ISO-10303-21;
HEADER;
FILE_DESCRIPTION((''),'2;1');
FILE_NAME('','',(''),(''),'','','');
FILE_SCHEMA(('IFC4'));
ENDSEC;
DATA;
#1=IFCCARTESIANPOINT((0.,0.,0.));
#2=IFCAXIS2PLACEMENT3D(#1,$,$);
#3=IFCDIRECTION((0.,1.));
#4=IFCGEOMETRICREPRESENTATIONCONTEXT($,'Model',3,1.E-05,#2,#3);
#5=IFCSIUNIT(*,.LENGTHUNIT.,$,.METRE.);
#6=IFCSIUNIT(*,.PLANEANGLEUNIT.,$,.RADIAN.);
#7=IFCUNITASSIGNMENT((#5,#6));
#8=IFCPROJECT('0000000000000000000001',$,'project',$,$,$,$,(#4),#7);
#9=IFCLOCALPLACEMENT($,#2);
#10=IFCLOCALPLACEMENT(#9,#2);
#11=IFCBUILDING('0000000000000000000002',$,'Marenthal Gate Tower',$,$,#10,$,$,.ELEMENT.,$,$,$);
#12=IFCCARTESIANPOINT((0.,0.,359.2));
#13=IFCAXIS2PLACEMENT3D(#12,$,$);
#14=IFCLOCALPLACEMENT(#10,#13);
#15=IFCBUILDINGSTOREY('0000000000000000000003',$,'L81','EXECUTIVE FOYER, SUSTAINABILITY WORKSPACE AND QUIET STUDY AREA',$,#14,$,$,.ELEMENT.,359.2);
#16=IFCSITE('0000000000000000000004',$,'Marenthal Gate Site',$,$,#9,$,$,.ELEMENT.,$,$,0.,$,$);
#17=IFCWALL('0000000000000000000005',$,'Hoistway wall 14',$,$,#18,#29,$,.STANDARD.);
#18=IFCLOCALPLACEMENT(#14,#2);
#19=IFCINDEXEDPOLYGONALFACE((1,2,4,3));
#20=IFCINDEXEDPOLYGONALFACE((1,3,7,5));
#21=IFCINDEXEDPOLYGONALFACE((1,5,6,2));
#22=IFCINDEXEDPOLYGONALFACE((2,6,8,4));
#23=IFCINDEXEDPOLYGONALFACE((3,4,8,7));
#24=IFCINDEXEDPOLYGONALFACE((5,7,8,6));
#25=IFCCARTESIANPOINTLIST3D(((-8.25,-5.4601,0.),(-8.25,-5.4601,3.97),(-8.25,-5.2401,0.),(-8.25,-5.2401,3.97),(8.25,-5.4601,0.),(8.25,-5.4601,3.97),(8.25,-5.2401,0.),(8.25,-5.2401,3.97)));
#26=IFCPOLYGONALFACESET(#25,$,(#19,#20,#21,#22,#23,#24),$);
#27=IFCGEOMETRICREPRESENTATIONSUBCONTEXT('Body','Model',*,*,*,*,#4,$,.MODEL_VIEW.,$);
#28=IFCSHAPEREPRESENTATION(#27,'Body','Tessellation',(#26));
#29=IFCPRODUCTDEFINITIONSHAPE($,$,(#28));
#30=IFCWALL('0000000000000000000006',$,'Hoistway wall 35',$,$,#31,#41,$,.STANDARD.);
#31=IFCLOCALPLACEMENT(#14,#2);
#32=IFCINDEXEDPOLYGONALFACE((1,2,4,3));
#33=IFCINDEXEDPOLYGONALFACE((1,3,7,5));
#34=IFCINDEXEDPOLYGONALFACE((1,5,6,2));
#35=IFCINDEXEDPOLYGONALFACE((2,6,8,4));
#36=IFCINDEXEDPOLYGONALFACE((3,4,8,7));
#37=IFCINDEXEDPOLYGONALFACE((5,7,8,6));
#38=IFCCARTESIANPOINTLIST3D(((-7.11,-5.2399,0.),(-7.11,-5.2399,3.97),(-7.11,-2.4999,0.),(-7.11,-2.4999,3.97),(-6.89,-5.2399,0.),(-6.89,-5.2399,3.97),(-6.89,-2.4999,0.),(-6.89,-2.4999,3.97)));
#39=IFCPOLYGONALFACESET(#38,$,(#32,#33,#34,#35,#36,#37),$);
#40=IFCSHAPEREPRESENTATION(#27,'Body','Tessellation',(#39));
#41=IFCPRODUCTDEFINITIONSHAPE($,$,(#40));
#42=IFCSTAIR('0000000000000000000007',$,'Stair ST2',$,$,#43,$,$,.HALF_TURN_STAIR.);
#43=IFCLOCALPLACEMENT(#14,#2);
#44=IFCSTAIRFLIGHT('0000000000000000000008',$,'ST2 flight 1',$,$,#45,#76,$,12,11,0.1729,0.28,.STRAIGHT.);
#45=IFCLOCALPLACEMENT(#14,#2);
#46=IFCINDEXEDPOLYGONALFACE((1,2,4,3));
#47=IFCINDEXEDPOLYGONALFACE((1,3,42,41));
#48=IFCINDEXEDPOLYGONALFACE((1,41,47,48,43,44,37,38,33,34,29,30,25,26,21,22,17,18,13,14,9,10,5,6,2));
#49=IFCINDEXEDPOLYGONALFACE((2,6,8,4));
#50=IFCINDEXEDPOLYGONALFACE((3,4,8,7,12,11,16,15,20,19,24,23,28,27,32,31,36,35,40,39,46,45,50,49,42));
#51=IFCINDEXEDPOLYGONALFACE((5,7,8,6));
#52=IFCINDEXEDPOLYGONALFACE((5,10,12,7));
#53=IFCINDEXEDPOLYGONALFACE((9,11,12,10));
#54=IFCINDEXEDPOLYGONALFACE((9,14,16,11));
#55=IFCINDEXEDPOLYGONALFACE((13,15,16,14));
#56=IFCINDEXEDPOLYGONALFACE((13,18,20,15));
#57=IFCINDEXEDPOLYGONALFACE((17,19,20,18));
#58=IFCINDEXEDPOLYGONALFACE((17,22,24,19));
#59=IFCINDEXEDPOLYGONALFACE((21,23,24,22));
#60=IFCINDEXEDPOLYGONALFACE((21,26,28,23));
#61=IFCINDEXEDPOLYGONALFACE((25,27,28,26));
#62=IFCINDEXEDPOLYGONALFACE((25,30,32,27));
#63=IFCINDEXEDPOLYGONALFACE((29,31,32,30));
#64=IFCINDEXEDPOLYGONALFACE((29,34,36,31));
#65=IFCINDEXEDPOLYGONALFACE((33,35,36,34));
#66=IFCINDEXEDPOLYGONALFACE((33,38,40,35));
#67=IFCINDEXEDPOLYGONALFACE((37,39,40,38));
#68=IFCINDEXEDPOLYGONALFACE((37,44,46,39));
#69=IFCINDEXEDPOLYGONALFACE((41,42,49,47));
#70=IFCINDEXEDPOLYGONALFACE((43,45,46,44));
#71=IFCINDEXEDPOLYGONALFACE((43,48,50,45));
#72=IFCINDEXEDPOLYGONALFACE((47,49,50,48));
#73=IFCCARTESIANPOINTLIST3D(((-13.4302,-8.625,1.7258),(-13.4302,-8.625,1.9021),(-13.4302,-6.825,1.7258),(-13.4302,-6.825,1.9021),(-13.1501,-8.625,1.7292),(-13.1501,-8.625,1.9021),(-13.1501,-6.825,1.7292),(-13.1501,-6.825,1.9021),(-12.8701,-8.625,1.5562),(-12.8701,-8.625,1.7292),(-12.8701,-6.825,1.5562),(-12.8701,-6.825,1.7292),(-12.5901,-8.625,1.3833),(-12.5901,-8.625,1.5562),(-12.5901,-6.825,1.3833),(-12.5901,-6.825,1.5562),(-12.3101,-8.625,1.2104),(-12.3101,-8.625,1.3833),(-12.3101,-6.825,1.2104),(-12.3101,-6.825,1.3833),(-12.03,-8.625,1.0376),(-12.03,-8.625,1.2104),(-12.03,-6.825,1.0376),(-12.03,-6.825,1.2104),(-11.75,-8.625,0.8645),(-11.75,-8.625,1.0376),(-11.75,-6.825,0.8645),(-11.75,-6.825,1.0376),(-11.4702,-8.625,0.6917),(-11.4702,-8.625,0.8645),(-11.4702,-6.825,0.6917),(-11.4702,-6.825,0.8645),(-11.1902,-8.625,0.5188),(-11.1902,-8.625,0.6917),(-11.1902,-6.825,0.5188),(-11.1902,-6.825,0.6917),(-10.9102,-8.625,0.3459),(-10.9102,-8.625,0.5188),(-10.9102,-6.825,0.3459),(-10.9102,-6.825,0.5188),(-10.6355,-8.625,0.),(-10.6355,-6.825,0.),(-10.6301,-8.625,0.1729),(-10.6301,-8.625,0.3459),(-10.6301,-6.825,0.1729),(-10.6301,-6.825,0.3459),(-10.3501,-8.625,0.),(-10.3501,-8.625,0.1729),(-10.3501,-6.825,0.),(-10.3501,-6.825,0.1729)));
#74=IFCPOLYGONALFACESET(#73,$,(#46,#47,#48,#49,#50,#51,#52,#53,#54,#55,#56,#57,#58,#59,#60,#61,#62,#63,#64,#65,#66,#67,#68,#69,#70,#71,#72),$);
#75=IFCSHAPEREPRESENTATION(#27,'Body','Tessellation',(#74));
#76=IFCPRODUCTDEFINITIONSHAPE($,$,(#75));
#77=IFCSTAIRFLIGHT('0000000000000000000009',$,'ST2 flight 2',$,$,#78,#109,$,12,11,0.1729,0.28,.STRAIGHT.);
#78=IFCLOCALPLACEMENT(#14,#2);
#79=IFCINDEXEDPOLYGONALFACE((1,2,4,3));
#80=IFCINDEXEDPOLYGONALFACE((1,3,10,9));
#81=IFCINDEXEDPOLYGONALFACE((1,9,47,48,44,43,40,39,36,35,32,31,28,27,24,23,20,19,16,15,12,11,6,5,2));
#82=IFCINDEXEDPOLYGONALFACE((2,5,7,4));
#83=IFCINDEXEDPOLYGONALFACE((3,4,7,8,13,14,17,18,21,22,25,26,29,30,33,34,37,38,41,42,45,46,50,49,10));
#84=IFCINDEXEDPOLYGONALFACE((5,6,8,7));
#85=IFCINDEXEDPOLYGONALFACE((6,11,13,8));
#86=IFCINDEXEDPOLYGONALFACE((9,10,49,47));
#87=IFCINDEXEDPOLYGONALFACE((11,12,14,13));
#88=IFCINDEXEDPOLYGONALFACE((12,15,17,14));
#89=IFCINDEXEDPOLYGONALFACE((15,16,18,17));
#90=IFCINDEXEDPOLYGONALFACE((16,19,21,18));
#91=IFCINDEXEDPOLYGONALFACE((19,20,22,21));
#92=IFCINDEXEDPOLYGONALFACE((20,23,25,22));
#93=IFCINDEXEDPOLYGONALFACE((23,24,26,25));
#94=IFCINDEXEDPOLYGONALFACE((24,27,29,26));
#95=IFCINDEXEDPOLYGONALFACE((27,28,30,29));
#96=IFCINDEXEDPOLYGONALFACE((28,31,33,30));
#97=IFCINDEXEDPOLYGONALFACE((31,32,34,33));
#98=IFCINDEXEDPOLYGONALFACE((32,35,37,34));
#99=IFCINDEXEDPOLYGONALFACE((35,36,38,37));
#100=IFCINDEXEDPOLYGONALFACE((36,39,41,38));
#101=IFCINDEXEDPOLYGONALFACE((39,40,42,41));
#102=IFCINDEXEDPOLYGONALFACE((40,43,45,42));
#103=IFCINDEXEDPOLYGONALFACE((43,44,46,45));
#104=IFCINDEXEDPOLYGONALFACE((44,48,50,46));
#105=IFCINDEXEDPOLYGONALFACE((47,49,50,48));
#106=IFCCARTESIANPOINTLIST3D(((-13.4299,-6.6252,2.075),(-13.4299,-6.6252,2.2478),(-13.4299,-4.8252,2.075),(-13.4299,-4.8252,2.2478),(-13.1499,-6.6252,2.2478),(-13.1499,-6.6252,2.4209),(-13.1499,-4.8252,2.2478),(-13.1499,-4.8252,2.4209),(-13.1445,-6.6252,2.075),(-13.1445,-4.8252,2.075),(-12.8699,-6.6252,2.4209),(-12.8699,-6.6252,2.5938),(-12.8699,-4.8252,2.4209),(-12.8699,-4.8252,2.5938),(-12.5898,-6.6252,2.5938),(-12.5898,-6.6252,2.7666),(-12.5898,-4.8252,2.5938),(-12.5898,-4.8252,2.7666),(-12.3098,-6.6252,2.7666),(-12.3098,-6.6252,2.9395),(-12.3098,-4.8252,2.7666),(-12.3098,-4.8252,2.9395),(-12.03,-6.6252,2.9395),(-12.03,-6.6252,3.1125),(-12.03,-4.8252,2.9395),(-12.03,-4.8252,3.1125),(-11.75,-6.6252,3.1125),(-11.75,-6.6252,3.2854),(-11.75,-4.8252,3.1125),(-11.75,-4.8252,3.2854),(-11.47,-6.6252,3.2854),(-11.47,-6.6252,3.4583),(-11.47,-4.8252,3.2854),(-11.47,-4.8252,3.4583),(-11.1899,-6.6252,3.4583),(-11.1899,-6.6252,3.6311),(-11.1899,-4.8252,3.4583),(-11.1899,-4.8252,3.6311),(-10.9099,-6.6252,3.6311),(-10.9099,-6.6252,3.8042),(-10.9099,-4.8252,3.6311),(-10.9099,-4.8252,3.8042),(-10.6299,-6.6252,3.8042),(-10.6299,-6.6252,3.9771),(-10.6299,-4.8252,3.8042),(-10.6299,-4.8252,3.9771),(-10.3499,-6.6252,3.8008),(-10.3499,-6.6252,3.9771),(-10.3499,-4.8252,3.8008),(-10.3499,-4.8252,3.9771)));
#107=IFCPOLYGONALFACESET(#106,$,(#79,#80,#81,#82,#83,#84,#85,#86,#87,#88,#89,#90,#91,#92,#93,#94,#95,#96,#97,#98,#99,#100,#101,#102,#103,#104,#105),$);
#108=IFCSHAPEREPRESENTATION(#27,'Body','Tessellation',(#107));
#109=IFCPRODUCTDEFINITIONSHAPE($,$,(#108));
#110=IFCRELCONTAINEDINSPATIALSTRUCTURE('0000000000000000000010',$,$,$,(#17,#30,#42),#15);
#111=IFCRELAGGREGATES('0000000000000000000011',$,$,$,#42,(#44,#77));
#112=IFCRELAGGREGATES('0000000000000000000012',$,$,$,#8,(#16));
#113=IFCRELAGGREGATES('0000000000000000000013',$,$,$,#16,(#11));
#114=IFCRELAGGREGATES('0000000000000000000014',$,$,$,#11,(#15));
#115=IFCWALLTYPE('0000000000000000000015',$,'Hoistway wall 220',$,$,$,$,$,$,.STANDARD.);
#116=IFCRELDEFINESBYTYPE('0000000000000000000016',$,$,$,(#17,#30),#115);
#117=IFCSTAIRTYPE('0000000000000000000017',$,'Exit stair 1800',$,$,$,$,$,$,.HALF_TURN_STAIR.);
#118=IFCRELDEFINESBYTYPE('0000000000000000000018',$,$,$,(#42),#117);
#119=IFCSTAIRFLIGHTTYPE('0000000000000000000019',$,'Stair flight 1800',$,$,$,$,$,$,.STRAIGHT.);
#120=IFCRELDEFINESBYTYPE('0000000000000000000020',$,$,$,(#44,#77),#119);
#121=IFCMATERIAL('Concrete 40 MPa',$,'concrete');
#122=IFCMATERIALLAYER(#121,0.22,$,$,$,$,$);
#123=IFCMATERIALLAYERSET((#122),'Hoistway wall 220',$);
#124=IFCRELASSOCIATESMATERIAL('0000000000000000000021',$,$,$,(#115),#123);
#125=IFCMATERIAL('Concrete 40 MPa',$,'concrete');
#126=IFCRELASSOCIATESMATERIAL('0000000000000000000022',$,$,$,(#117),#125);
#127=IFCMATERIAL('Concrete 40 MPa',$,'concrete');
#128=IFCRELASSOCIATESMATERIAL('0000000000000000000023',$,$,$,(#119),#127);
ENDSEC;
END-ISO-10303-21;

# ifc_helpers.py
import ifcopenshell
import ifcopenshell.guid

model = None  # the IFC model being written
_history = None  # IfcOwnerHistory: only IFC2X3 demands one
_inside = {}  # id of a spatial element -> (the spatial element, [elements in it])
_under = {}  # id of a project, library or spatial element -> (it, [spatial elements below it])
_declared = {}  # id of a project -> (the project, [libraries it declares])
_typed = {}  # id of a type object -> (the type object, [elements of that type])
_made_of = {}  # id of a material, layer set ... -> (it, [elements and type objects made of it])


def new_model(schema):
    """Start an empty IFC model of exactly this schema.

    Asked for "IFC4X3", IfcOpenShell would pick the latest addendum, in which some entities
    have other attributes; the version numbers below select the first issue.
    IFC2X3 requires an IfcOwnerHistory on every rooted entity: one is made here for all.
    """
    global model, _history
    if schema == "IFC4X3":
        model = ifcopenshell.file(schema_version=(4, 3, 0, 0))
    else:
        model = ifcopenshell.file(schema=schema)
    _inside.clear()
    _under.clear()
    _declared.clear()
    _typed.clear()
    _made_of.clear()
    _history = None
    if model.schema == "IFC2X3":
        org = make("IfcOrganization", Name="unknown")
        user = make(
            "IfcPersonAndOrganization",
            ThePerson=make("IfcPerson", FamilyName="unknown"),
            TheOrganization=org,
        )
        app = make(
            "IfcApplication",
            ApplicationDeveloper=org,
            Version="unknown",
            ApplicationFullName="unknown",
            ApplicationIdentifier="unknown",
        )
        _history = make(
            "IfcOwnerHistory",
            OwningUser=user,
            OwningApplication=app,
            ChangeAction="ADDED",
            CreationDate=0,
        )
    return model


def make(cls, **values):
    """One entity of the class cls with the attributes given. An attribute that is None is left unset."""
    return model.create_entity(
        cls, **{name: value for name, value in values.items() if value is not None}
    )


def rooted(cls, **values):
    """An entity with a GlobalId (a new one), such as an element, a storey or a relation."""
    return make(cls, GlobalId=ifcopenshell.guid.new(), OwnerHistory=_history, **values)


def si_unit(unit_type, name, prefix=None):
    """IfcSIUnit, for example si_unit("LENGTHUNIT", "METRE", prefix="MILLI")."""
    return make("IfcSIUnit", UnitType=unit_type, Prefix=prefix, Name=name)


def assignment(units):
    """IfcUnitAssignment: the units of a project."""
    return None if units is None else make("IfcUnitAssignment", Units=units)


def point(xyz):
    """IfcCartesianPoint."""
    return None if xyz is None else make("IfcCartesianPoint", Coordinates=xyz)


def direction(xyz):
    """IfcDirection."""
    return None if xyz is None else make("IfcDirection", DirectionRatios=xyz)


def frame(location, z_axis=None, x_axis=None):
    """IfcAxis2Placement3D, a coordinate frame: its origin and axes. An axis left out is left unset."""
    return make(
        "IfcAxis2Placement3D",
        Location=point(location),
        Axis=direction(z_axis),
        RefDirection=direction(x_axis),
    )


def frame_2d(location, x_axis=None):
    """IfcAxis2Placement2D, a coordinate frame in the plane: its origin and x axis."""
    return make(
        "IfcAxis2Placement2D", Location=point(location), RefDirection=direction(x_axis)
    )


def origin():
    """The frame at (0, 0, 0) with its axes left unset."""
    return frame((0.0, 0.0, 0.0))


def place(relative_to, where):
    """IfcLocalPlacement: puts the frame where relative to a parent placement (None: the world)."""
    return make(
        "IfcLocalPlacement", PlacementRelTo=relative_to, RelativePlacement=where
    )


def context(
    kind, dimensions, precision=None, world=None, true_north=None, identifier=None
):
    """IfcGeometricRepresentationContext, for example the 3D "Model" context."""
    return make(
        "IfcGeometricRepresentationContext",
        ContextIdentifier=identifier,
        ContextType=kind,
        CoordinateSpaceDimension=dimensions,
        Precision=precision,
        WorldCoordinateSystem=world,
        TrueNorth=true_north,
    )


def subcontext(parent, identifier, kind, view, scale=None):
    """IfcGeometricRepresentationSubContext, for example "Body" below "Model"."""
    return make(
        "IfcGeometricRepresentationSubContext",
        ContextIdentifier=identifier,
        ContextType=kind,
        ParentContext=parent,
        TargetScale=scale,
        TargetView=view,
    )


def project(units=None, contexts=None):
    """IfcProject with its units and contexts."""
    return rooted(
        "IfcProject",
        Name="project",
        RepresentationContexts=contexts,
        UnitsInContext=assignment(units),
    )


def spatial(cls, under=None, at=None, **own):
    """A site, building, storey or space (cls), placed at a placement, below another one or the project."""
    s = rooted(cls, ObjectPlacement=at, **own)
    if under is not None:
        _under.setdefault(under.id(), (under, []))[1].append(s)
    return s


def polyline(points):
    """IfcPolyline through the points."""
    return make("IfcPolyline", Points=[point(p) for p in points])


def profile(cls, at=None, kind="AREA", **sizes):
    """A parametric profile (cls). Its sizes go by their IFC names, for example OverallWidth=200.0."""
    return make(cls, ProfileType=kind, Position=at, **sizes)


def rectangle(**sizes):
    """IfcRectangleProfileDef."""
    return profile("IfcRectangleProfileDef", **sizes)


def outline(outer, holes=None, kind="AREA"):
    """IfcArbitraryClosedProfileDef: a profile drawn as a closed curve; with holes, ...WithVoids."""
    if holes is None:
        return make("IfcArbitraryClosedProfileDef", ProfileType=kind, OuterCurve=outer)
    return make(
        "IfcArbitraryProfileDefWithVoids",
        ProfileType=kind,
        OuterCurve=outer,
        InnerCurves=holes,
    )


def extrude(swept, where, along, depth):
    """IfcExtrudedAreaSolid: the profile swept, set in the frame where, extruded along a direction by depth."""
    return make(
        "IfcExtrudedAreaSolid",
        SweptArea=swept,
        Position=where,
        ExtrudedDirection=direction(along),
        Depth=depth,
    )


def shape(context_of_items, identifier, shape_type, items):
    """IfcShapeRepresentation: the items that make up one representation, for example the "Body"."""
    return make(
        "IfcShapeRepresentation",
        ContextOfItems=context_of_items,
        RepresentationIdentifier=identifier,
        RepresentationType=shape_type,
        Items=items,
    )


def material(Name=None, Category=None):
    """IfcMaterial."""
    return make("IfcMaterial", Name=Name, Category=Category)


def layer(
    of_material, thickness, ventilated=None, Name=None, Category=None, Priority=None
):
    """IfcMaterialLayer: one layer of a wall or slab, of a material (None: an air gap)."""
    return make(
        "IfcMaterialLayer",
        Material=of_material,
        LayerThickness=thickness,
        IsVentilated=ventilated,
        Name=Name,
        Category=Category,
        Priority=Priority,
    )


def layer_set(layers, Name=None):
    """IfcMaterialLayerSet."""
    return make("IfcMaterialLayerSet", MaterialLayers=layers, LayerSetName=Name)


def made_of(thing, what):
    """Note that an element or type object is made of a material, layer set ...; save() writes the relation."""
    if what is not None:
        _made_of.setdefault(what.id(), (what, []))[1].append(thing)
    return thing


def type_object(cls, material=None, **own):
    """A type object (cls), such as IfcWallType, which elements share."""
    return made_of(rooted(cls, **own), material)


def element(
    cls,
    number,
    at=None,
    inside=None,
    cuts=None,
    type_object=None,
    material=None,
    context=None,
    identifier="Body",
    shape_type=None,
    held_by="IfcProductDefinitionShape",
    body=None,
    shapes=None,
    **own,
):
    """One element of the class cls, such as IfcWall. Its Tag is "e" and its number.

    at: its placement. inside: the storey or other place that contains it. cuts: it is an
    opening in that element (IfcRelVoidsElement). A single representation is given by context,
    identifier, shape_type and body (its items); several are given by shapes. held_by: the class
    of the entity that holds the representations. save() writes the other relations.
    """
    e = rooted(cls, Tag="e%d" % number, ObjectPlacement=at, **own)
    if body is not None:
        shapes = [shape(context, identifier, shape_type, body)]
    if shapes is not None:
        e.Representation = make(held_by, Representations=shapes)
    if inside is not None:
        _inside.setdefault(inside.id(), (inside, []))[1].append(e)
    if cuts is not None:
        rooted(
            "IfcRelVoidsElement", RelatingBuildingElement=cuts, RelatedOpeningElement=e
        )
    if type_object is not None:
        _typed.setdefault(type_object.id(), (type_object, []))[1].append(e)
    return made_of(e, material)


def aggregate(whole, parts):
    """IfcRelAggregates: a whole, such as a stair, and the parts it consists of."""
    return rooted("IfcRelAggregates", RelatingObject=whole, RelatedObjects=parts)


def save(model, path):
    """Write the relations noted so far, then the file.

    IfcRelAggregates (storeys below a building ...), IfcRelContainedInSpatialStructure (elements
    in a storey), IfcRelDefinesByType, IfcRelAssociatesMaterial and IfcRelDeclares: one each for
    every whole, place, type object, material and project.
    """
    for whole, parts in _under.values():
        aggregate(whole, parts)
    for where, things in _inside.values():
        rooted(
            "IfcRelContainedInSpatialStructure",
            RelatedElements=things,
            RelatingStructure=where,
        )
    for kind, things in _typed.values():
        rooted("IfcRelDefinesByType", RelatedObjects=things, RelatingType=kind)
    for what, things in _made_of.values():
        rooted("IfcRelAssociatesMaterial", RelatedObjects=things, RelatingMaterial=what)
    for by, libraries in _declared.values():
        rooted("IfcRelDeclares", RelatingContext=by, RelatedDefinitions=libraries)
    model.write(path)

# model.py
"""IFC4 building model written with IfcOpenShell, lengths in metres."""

from ifc_helpers import new_model, si_unit, direction, frame, frame_2d, origin, place, context, subcontext, project, spatial, polyline, rectangle, outline, extrude, material, layer, layer_set, type_object, element, aggregate, save


model = new_model("IFC4")

# Units and contexts
model_context = context("Model", 3, precision=1e-05, world=origin(), true_north=direction((0.0, 1.0)))
body_context = subcontext(model_context, "Body", "Model", "MODEL_VIEW")
ifc_project = project(units=[si_unit("LENGTHUNIT", "METRE"), si_unit("PLANEANGLEUNIT", "RADIAN")], contexts=[model_context])

# Site, building, storey
site_placement = place(None, origin())
site = spatial("IfcSite", under=ifc_project, at=site_placement, Name="Marenthal Gate Site", CompositionType="ELEMENT", RefElevation=0.0)
building_placement = place(site_placement, origin())
building = spatial("IfcBuilding", under=site, at=building_placement, Name="Marenthal Gate Tower", CompositionType="ELEMENT")
storey_placement = place(building_placement, frame((0.0, 0.0, 359.2)))
storey = spatial("IfcBuildingStorey", under=building, at=storey_placement, Name="L81", Description="EXECUTIVE FOYER, SUSTAINABILITY WORKSPACE AND QUIET STUDY AREA", CompositionType="ELEMENT", Elevation=359.2)

# Shared definitions
ifc_material_1 = material(Name="Concrete 40 MPa", Category="concrete")
ifc_layer_1 = layer(ifc_material_1, 0.22)
ifc_layer_set_1 = layer_set([ifc_layer_1], Name="Hoistway wall 220")
wall_type_1 = type_object("IfcWallType", Name="Hoistway wall 220", PredefinedType="STANDARD", material=ifc_layer_set_1)

# Walls
wall_1_placement = place(storey_placement, frame((-8.25, -5.3501, 0.0), z_axis=(0.0, 0.0, 1.0), x_axis=(1.0, 0.0, 0.0)))
element("IfcWall", 1, at=wall_1_placement, inside=storey, type_object=wall_type_1, Name="Hoistway wall 14", PredefinedType="STANDARD", context=body_context, shape_type="SweptSolid", body=[
    extrude(rectangle(XDim=16.5, YDim=0.22, at=frame_2d((8.25, 0.0))), origin(), (0.0, 0.0, 1.0), 3.97),
])
wall_2_placement = place(storey_placement, frame((-7.0, -5.24, 0.0), z_axis=(0.0, 0.0, 1.0), x_axis=(0.0, 1.0, 0.0)))
element("IfcWall", 2, at=wall_2_placement, inside=storey, type_object=wall_type_1, Name="Hoistway wall 35", PredefinedType="STANDARD", context=body_context, shape_type="SweptSolid", body=[
    extrude(rectangle(XDim=2.74, YDim=0.22, at=frame_2d((1.3701, 0.0))), origin(), (0.0, 0.0, 1.0), 3.97),
])

# Stair, stair flights
ifc_material_2 = material(Name="Concrete 40 MPa", Category="concrete")
stair_type = type_object("IfcStairType", Name="Exit stair 1800", PredefinedType="HALF_TURN_STAIR", material=ifc_material_2)
stair_placement = place(storey_placement, origin())
stair = element("IfcStair", 3, at=stair_placement, inside=storey, type_object=stair_type, Name="Stair ST2", PredefinedType="HALF_TURN_STAIR")
ifc_material_3 = material(Name="Concrete 40 MPa", Category="concrete")
stair_flight_type = type_object("IfcStairFlightType", Name="Stair flight 1800", PredefinedType="STRAIGHT", material=ifc_material_3)
stair_flight_1_placement = place(storey_placement, frame((-10.3501, -7.7251, 0.0), z_axis=(0.0, 0.0, 1.0), x_axis=(-1.0, 0.0, 0.0)))
stair_flight_1 = element("IfcStairFlight", 4, at=stair_flight_1_placement, type_object=stair_flight_type, Name="ST2 flight 1", NumberOfRisers=12, NumberOfTreads=11, PredefinedType="STRAIGHT", RiserHeight=0.1729, TreadLength=0.28, context=body_context, shape_type="SweptSolid", body=[
    extrude(outline(polyline([(0.0, 0.0), (0.0, 0.1729), (0.28, 0.1729), (0.28, 0.3459), (0.5601, 0.3459), (0.5601, 0.5188), (0.8401, 0.5188), (0.8401, 0.6917), (1.1201, 0.6917), (1.1201, 0.8645), (1.3999, 0.8645), (1.3999, 1.0376), (1.6799, 1.0376), (1.6799, 1.2104), (1.96, 1.2104), (1.96, 1.3833), (2.24, 1.3833), (2.24, 1.5562), (2.52, 1.5562), (2.52, 1.7292), (2.8, 1.7292), (2.8, 1.9021), (3.0801, 1.9021), (3.0801, 2.075), (3.0801, 1.7258), (0.2854, 0.0), (0.0, 0.0)])), frame((0.0, 0.8999, 0.0), z_axis=(0.0, -1.0, 0.0), x_axis=(1.0, 0.0, 0.0)), (0.0, 0.0, 1.0), 1.8),
])
stair_flight_2_placement = place(storey_placement, frame((-13.4299, -5.7251, 2.075), z_axis=(0.0, 0.0, 1.0), x_axis=(1.0, 0.0, 0.0)))
stair_flight_2 = element("IfcStairFlight", 5, at=stair_flight_2_placement, type_object=stair_flight_type, Name="ST2 flight 2", NumberOfRisers=12, NumberOfTreads=11, PredefinedType="STRAIGHT", RiserHeight=0.1729, TreadLength=0.28, context=body_context, shape_type="SweptSolid", body=[
    extrude(outline(polyline([(0.0, 0.0), (0.0, 0.1729), (0.28, 0.1729), (0.28, 0.3459), (0.5601, 0.3459), (0.5601, 0.5188), (0.8401, 0.5188), (0.8401, 0.6917), (1.1201, 0.6917), (1.1201, 0.8645), (1.3999, 0.8645), (1.3999, 1.0376), (1.6799, 1.0376), (1.6799, 1.2104), (1.96, 1.2104), (1.96, 1.3833), (2.24, 1.3833), (2.24, 1.5562), (2.52, 1.5562), (2.52, 1.7292), (2.8, 1.7292), (2.8, 1.9021), (3.0801, 1.9021), (3.0801, 2.075), (3.0801, 1.7258), (0.2854, 0.0), (0.0, 0.0)])), frame((0.0, 0.8999, 0.0), z_axis=(0.0, -1.0, 0.0), x_axis=(1.0, 0.0, 0.0)), (0.0, 0.0, 1.0), 1.8),
])
aggregate(stair, [stair_flight_1, stair_flight_2])

save(model, "model.ifc")
